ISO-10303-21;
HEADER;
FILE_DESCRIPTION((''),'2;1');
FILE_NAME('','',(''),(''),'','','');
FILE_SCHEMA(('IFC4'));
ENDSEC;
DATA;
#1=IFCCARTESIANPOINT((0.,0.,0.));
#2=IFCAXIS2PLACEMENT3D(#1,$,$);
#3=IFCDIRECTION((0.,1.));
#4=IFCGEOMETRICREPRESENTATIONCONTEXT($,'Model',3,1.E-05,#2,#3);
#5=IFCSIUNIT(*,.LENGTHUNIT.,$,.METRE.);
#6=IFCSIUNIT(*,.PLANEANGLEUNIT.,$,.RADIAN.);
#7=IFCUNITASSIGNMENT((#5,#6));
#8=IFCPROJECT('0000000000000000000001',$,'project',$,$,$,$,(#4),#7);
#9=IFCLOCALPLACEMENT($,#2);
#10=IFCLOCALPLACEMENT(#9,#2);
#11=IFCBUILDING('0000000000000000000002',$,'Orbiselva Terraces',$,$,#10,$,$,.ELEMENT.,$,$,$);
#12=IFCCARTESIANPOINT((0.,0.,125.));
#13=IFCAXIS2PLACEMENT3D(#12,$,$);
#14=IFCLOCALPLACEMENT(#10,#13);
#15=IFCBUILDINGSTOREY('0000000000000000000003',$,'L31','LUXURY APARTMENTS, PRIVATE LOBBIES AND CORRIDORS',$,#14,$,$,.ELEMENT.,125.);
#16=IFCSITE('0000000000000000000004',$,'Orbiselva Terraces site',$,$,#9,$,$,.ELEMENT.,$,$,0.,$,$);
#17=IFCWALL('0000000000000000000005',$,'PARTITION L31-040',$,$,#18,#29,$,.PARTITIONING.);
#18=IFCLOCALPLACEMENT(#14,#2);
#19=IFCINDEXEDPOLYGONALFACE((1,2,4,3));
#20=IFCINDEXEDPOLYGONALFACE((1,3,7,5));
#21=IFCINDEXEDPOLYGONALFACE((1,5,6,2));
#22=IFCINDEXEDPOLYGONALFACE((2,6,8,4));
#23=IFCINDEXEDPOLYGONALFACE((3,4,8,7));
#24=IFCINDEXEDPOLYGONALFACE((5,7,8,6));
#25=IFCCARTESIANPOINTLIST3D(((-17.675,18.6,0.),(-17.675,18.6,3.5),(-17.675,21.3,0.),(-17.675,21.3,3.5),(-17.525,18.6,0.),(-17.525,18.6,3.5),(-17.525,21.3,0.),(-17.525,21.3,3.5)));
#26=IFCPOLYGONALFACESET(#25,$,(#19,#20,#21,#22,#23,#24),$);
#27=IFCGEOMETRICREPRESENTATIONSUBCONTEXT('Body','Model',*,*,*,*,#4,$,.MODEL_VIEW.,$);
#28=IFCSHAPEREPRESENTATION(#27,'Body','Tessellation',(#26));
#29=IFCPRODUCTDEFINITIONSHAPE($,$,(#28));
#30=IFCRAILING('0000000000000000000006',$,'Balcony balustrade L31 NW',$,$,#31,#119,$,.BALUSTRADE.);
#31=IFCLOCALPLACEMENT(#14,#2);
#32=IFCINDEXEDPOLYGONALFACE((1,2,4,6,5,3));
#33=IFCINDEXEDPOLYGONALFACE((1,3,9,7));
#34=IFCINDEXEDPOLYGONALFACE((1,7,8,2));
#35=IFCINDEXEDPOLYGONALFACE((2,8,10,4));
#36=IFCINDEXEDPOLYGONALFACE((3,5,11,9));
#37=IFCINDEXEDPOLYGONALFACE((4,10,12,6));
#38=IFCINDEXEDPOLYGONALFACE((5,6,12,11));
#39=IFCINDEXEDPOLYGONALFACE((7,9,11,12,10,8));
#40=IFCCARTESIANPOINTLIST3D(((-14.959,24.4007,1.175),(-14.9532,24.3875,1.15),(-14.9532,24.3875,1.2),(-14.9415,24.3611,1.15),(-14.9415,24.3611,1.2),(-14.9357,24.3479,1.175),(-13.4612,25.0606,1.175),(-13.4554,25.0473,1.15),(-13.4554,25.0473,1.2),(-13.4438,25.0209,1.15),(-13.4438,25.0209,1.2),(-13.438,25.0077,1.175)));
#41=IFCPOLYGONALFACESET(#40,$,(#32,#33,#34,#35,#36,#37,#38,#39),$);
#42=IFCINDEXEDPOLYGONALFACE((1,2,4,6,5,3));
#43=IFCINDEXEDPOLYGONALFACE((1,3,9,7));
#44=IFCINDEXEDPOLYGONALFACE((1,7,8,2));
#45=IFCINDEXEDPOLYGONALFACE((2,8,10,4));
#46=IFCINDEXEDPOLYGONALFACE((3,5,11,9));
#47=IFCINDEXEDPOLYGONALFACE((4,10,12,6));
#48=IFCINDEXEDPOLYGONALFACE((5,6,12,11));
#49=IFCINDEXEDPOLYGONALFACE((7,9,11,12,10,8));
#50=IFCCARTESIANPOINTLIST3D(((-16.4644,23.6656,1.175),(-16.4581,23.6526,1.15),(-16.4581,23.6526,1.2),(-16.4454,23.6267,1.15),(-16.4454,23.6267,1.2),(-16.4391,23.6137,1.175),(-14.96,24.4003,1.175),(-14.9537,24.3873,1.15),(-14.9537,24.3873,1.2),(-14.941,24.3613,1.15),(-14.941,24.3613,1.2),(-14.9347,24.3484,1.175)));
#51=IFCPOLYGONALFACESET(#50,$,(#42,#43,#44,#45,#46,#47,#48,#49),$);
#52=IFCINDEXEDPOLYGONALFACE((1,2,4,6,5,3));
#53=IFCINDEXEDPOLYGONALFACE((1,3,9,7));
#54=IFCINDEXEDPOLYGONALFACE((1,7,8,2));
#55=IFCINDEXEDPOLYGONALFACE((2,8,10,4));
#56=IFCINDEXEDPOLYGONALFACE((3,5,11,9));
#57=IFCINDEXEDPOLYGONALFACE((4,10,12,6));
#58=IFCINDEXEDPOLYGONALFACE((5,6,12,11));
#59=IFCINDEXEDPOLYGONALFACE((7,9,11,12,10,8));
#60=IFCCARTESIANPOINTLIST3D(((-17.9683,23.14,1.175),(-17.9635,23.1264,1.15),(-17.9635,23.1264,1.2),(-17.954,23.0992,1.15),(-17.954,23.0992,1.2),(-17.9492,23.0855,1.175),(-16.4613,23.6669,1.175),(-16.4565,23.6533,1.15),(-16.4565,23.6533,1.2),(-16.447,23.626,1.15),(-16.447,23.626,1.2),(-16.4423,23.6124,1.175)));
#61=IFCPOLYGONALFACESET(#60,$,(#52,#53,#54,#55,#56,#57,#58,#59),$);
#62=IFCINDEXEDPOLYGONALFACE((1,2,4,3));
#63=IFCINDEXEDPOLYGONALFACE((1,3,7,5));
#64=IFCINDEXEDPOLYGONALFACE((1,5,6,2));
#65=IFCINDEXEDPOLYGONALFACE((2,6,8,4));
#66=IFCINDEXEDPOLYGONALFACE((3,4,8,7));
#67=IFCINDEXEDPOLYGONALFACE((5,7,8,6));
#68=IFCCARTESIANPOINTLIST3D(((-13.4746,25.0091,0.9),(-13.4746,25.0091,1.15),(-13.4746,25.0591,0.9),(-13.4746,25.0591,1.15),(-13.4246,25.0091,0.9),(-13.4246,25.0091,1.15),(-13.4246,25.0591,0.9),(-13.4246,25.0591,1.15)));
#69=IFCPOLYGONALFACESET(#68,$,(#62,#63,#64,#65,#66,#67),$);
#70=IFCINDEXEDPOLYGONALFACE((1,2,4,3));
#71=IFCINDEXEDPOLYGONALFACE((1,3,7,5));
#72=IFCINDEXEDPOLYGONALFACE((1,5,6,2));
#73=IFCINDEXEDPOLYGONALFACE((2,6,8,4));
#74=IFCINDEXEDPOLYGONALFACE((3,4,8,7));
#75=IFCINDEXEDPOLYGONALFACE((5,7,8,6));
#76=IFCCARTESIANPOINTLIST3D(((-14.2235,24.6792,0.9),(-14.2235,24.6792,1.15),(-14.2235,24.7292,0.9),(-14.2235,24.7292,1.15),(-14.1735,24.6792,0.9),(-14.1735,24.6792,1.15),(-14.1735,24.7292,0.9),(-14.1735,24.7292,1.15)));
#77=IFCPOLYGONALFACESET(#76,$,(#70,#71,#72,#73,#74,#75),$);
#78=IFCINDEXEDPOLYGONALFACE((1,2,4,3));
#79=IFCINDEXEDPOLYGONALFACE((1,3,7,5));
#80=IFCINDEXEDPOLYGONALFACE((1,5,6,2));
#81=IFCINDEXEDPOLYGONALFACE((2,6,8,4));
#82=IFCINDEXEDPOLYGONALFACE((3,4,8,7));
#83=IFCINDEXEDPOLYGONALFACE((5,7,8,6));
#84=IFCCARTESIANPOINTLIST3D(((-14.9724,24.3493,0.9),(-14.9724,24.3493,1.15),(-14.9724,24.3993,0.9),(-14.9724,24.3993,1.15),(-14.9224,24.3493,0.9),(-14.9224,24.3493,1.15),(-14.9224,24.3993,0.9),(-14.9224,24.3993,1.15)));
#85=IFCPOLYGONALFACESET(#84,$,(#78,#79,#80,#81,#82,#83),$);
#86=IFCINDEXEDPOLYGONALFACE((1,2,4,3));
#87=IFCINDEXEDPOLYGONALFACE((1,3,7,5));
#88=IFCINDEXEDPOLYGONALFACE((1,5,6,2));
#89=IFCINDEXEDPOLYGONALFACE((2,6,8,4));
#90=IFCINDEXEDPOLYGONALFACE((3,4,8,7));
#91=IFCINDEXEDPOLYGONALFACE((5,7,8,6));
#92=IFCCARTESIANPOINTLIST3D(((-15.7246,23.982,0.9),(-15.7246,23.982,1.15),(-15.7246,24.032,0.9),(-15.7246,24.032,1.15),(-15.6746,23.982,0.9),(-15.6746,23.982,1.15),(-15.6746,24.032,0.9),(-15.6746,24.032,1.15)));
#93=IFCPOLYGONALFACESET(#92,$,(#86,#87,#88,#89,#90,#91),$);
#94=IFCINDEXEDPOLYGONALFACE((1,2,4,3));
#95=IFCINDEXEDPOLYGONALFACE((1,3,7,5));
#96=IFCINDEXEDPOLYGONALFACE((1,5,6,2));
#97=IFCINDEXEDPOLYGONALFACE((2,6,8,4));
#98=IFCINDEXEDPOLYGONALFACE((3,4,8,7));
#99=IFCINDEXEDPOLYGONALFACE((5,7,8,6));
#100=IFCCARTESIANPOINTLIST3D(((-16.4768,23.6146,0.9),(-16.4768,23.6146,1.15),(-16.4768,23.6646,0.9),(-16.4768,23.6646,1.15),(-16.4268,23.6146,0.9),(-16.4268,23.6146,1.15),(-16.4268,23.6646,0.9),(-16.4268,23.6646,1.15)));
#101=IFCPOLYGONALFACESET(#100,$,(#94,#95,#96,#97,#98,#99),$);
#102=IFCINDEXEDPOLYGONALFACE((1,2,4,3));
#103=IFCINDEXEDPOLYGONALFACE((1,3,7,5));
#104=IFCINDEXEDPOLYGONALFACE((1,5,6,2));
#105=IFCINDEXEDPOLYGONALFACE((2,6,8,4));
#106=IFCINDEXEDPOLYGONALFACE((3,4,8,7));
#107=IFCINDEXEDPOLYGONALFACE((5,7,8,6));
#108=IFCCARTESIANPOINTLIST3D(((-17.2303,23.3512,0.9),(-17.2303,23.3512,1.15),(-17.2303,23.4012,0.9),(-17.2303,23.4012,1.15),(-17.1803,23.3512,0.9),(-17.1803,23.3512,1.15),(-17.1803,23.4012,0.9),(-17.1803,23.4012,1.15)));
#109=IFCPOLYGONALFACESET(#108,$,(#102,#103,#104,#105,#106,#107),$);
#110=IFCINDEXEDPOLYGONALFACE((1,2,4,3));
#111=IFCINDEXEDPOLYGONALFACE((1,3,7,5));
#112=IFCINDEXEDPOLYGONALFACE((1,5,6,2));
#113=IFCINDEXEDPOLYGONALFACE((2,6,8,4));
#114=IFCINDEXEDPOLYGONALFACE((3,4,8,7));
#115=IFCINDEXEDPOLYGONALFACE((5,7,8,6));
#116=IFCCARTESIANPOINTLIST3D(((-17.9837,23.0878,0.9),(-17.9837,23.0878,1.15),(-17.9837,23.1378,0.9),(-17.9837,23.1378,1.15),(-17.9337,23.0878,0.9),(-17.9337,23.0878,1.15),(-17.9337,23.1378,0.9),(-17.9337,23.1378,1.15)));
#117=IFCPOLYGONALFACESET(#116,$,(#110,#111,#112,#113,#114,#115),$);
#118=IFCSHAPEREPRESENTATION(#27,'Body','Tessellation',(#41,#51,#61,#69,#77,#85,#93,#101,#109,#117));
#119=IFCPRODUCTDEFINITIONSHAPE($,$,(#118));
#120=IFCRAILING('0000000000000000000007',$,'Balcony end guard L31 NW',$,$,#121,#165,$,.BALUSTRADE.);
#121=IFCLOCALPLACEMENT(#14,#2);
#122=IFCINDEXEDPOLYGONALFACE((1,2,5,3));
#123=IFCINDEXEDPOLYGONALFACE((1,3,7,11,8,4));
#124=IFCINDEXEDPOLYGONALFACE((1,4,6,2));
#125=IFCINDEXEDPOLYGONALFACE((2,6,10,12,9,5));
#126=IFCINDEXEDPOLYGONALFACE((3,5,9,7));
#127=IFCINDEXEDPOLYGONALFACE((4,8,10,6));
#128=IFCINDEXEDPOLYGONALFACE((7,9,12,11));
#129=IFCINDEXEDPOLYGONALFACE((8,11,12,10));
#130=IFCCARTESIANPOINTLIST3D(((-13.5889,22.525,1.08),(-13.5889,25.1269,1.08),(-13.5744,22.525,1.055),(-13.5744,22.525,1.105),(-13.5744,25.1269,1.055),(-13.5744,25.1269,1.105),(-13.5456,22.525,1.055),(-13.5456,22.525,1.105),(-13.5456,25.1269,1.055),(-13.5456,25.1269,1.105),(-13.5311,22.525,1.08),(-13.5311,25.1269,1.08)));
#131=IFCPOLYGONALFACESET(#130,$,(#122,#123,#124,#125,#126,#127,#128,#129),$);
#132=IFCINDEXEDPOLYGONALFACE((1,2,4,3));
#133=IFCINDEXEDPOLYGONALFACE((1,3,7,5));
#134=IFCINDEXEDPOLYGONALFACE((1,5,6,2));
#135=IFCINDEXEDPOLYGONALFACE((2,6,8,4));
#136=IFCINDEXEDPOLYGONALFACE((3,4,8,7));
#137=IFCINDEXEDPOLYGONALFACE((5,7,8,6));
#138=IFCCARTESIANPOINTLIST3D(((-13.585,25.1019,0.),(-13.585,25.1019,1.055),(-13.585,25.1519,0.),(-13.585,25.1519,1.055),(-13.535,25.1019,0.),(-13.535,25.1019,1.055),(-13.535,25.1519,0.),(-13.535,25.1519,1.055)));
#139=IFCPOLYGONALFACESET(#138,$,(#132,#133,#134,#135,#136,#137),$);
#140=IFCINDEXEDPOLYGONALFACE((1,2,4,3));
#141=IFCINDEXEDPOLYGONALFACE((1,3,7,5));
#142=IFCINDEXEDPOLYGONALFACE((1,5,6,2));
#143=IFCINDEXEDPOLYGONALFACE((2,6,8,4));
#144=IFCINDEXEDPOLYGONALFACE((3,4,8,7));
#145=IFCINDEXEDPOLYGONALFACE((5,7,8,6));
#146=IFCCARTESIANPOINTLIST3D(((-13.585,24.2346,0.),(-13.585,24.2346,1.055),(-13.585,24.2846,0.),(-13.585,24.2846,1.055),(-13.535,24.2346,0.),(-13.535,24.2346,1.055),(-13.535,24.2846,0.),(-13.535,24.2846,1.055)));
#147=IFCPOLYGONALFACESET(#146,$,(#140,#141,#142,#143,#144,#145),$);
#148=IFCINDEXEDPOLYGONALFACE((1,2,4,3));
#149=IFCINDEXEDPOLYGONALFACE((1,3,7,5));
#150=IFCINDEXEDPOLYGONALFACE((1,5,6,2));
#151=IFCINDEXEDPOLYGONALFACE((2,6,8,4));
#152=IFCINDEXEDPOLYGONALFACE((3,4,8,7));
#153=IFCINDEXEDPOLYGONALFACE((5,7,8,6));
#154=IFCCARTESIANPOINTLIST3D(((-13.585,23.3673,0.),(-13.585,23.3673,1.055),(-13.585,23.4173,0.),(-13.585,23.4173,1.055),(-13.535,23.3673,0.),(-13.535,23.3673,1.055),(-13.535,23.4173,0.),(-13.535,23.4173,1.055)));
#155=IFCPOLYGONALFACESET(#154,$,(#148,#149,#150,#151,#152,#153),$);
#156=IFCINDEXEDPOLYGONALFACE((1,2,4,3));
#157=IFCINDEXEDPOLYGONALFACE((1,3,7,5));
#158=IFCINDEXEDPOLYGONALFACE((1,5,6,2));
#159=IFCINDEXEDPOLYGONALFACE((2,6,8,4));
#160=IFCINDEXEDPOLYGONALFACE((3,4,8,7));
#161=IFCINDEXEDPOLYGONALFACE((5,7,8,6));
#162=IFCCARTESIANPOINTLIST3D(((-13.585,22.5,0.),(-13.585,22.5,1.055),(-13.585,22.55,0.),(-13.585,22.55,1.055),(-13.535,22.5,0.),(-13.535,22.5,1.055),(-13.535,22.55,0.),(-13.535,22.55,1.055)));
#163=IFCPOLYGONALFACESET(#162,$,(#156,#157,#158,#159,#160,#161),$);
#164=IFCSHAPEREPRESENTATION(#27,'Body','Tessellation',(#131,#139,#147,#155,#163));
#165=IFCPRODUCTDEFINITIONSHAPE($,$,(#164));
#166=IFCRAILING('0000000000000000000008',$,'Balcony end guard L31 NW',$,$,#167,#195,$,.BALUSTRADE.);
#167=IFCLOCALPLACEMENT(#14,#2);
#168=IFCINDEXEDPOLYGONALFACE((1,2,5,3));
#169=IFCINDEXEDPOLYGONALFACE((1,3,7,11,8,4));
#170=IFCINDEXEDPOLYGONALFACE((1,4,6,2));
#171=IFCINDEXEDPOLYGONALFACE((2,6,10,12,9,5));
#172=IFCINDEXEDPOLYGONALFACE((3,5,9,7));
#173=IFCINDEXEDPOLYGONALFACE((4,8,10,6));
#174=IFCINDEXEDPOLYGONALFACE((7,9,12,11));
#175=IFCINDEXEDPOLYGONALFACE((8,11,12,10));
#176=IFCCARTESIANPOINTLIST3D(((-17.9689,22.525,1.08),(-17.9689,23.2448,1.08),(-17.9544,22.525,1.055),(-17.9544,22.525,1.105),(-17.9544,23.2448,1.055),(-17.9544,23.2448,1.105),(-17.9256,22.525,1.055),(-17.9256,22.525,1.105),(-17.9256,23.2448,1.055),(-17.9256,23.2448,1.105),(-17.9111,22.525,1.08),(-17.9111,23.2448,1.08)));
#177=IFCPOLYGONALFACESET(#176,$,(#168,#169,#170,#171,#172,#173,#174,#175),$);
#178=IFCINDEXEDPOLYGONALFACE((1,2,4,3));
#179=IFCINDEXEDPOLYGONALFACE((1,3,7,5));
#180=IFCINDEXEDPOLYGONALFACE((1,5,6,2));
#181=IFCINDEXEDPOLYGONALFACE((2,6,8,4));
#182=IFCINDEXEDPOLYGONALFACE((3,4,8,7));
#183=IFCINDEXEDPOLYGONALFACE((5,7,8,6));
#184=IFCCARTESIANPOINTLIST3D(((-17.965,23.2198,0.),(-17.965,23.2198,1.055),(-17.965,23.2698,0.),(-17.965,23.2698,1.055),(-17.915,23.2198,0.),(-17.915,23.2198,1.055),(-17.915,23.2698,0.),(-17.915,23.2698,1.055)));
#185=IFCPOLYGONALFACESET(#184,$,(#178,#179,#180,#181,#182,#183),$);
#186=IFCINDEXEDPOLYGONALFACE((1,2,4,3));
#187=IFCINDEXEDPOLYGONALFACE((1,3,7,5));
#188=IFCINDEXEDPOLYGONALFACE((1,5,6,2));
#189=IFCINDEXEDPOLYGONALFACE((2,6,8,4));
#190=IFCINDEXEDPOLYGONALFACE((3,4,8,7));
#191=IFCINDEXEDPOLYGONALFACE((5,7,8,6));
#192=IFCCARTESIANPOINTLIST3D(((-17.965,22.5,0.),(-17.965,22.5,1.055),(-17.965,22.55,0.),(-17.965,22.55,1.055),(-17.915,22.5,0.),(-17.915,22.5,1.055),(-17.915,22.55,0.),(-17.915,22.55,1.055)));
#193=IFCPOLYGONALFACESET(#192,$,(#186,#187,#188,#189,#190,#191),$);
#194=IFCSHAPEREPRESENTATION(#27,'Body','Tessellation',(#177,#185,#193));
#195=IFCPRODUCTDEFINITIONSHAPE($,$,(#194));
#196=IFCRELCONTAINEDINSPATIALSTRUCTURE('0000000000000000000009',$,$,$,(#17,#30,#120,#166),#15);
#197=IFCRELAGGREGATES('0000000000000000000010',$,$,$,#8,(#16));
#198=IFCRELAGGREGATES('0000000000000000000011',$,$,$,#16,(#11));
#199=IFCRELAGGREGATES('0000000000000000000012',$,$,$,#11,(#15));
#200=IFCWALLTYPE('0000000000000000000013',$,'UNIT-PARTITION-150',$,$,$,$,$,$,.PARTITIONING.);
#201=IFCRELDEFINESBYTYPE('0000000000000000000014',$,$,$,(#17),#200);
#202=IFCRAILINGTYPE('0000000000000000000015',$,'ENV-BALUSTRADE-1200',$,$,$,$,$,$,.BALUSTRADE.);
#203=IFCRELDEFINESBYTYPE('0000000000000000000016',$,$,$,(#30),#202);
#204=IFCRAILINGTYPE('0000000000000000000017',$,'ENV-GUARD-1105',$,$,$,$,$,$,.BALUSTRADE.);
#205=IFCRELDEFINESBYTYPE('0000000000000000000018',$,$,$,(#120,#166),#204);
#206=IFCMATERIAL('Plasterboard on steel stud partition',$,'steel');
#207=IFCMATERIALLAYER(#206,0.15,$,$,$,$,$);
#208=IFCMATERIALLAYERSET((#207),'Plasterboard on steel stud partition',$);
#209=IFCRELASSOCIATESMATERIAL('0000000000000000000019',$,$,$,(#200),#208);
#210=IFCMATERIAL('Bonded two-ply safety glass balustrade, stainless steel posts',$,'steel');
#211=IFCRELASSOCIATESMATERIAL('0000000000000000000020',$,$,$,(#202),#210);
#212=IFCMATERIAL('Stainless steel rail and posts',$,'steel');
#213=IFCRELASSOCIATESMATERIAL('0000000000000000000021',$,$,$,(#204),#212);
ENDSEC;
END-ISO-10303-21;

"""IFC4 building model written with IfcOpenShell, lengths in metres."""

from ifc_helpers import new_model, si_unit, direction, frame, frame_2d, origin, origin_2d, place, context, subcontext, project, spatial, polyline, rectangle, outline, extrude, material, layer, layer_set, type_object, element, save


model = new_model("IFC4")

# Units and contexts
model_context = context("Model", 3, precision=1e-05, world=origin(), true_north=direction((0.0, 1.0)))
body_context = subcontext(model_context, "Body", "Model", "MODEL_VIEW")
ifc_project = project(units=[si_unit("LENGTHUNIT", "METRE"), si_unit("PLANEANGLEUNIT", "RADIAN")], contexts=[model_context])

# Site, building, storey
site_placement = place(None, origin())
site = spatial("IfcSite", under=ifc_project, at=site_placement, Name="Orbiselva Terraces site", CompositionType="ELEMENT", RefElevation=0.0)
building_placement = place(site_placement, origin())
building = spatial("IfcBuilding", under=site, at=building_placement, Name="Orbiselva Terraces", CompositionType="ELEMENT")
storey_placement = place(building_placement, frame((0.0, 0.0, 125.0)))
storey = spatial("IfcBuildingStorey", under=building, at=storey_placement, Name="L31", Description="LUXURY APARTMENTS, PRIVATE LOBBIES AND CORRIDORS", CompositionType="ELEMENT", Elevation=125.0)

# Shared definitions
ifc_material_1 = material(Name="Plasterboard on steel stud partition", Category="steel")
ifc_layer_1 = layer(ifc_material_1, 0.15)
ifc_layer_set_1 = layer_set([ifc_layer_1], Name="Plasterboard on steel stud partition")
wall_type_1 = type_object("IfcWallType", Name="UNIT-PARTITION-150", PredefinedType="PARTITIONING", material=ifc_layer_set_1)

# Wall
wall_1_placement = place(storey_placement, frame((-17.6, 18.6, 0.0), z_axis=(0.0, 0.0, 1.0), x_axis=(0.0, 1.0, 0.0)))
element("IfcWall", 1, at=wall_1_placement, inside=storey, type_object=wall_type_1, Name="PARTITION L31-040", PredefinedType="PARTITIONING", context=body_context, shape_type="SweptSolid", body=[
    extrude(rectangle(XDim=2.7, YDim=0.15, at=frame_2d((1.35, 0.0))), origin(), (0.0, 0.0, 1.0), 3.5),
])

# Railings
ifc_material_2 = material(Name="Bonded two-ply safety glass balustrade, stainless steel posts", Category="steel")
railing_type_1 = type_object("IfcRailingType", Name="ENV-BALUSTRADE-1200", PredefinedType="BALUSTRADE", material=ifc_material_2)
railing_1_placement = place(storey_placement, frame((-13.4496, 25.0341, 0.9)))
element("IfcRailing", 2, at=railing_1_placement, inside=storey, type_object=railing_type_1, Name="Balcony balustrade L31 NW", PredefinedType="BALUSTRADE", context=body_context, shape_type="SweptSolid", body=[
    extrude(outline(polyline([(0.0289, 0.0), (0.0144, 0.025), (-0.0144, 0.025), (-0.0289, 0.0), (-0.0144, -0.025), (0.0144, -0.025), (0.0289, 0.0)])), frame((0.0, 0.0, 0.275), z_axis=(-0.915133, -0.403151, 0.0), x_axis=(0.403151, -0.915133, 0.0)), (0.0, 0.0, 1.0), 1.6366),
    extrude(outline(polyline([(0.0289, 0.0), (0.0144, 0.025), (-0.0144, 0.025), (-0.0289, 0.0), (-0.0144, -0.025), (0.0144, -0.025), (0.0289, 0.0)])), frame((-1.4978, -0.6598, 0.275), z_axis=(-0.898579, -0.438812, 0.0), x_axis=(0.438812, -0.898579, 0.0)), (0.0, 0.0, 1.0), 1.6742),
    extrude(outline(polyline([(0.0289, 0.0), (0.0144, 0.025), (-0.0144, 0.025), (-0.0289, 0.0), (-0.0144, -0.025), (0.0144, -0.025), (0.0289, 0.0)])), frame((-3.0022, -1.3945, 0.275), z_axis=(-0.943972, -0.330025, 0.0), x_axis=(0.330025, -0.943972, 0.0)), (0.0, 0.0, 1.0), 1.5964),
    extrude(rectangle(XDim=0.05, YDim=0.05, at=origin_2d()), origin(), (0.0, 0.0, 1.0), 0.25),
    extrude(rectangle(XDim=0.05, YDim=0.05, at=origin_2d()), frame((-0.7489, -0.3299, 0.0)), (0.0, 0.0, 1.0), 0.25),
    extrude(rectangle(XDim=0.05, YDim=0.05, at=origin_2d()), frame((-1.4978, -0.6598, 0.0)), (0.0, 0.0, 1.0), 0.25),
    extrude(rectangle(XDim=0.05, YDim=0.05, at=origin_2d()), frame((-2.25, -1.0272, 0.0)), (0.0, 0.0, 1.0), 0.25),
    extrude(rectangle(XDim=0.05, YDim=0.05, at=origin_2d()), frame((-3.0022, -1.3945, 0.0)), (0.0, 0.0, 1.0), 0.25),
    extrude(rectangle(XDim=0.05, YDim=0.05, at=origin_2d()), frame((-3.7557, -1.6579, 0.0)), (0.0, 0.0, 1.0), 0.25),
    extrude(rectangle(XDim=0.05, YDim=0.05, at=origin_2d()), frame((-4.5091, -1.9213, 0.0)), (0.0, 0.0, 1.0), 0.25),
])
ifc_material_3 = material(Name="Stainless steel rail and posts", Category="steel")
railing_type_2 = type_object("IfcRailingType", Name="ENV-GUARD-1105", PredefinedType="BALUSTRADE", material=ifc_material_3)
railing_2_placement = place(storey_placement, frame((-13.56, 25.1269, 0.0)))
element("IfcRailing", 3, at=railing_2_placement, inside=storey, type_object=railing_type_2, Name="Balcony end guard L31 NW", PredefinedType="BALUSTRADE", context=body_context, shape_type="SweptSolid", body=[
    extrude(outline(polyline([(0.0289, 0.0), (0.0144, 0.025), (-0.0144, 0.025), (-0.0289, 0.0), (-0.0144, -0.025), (0.0144, -0.025), (0.0289, 0.0)])), frame((0.0, 0.0, 1.08), z_axis=(0.0, -1.0, 0.0), x_axis=(1.0, 0.0, 0.0)), (0.0, 0.0, 1.0), 2.6019),
    extrude(rectangle(XDim=0.05, YDim=0.05, at=origin_2d()), origin(), (0.0, 0.0, 1.0), 1.055),
    extrude(rectangle(XDim=0.05, YDim=0.05, at=origin_2d()), frame((0.0, -0.8673, 0.0)), (0.0, 0.0, 1.0), 1.055),
    extrude(rectangle(XDim=0.05, YDim=0.05, at=origin_2d()), frame((0.0, -1.7346, 0.0)), (0.0, 0.0, 1.0), 1.055),
    extrude(rectangle(XDim=0.05, YDim=0.05, at=origin_2d()), frame((0.0, -2.6019, 0.0)), (0.0, 0.0, 1.0), 1.055),
])
railing_3_placement = place(storey_placement, frame((-17.94, 23.2448, 0.0)))
element("IfcRailing", 4, at=railing_3_placement, inside=storey, type_object=railing_type_2, Name="Balcony end guard L31 NW", PredefinedType="BALUSTRADE", context=body_context, shape_type="SweptSolid", body=[
    extrude(outline(polyline([(0.0289, 0.0), (0.0144, 0.025), (-0.0144, 0.025), (-0.0289, 0.0), (-0.0144, -0.025), (0.0144, -0.025), (0.0289, 0.0)])), frame((0.0, 0.0, 1.08), z_axis=(0.0, -1.0, 0.0), x_axis=(1.0, 0.0, 0.0)), (0.0, 0.0, 1.0), 0.7198),
    extrude(rectangle(XDim=0.05, YDim=0.05, at=origin_2d()), origin(), (0.0, 0.0, 1.0), 1.055),
    extrude(rectangle(XDim=0.05, YDim=0.05, at=origin_2d()), frame((0.0, -0.7198, 0.0)), (0.0, 0.0, 1.0), 1.055),
])

save(model, "model.ifc")
